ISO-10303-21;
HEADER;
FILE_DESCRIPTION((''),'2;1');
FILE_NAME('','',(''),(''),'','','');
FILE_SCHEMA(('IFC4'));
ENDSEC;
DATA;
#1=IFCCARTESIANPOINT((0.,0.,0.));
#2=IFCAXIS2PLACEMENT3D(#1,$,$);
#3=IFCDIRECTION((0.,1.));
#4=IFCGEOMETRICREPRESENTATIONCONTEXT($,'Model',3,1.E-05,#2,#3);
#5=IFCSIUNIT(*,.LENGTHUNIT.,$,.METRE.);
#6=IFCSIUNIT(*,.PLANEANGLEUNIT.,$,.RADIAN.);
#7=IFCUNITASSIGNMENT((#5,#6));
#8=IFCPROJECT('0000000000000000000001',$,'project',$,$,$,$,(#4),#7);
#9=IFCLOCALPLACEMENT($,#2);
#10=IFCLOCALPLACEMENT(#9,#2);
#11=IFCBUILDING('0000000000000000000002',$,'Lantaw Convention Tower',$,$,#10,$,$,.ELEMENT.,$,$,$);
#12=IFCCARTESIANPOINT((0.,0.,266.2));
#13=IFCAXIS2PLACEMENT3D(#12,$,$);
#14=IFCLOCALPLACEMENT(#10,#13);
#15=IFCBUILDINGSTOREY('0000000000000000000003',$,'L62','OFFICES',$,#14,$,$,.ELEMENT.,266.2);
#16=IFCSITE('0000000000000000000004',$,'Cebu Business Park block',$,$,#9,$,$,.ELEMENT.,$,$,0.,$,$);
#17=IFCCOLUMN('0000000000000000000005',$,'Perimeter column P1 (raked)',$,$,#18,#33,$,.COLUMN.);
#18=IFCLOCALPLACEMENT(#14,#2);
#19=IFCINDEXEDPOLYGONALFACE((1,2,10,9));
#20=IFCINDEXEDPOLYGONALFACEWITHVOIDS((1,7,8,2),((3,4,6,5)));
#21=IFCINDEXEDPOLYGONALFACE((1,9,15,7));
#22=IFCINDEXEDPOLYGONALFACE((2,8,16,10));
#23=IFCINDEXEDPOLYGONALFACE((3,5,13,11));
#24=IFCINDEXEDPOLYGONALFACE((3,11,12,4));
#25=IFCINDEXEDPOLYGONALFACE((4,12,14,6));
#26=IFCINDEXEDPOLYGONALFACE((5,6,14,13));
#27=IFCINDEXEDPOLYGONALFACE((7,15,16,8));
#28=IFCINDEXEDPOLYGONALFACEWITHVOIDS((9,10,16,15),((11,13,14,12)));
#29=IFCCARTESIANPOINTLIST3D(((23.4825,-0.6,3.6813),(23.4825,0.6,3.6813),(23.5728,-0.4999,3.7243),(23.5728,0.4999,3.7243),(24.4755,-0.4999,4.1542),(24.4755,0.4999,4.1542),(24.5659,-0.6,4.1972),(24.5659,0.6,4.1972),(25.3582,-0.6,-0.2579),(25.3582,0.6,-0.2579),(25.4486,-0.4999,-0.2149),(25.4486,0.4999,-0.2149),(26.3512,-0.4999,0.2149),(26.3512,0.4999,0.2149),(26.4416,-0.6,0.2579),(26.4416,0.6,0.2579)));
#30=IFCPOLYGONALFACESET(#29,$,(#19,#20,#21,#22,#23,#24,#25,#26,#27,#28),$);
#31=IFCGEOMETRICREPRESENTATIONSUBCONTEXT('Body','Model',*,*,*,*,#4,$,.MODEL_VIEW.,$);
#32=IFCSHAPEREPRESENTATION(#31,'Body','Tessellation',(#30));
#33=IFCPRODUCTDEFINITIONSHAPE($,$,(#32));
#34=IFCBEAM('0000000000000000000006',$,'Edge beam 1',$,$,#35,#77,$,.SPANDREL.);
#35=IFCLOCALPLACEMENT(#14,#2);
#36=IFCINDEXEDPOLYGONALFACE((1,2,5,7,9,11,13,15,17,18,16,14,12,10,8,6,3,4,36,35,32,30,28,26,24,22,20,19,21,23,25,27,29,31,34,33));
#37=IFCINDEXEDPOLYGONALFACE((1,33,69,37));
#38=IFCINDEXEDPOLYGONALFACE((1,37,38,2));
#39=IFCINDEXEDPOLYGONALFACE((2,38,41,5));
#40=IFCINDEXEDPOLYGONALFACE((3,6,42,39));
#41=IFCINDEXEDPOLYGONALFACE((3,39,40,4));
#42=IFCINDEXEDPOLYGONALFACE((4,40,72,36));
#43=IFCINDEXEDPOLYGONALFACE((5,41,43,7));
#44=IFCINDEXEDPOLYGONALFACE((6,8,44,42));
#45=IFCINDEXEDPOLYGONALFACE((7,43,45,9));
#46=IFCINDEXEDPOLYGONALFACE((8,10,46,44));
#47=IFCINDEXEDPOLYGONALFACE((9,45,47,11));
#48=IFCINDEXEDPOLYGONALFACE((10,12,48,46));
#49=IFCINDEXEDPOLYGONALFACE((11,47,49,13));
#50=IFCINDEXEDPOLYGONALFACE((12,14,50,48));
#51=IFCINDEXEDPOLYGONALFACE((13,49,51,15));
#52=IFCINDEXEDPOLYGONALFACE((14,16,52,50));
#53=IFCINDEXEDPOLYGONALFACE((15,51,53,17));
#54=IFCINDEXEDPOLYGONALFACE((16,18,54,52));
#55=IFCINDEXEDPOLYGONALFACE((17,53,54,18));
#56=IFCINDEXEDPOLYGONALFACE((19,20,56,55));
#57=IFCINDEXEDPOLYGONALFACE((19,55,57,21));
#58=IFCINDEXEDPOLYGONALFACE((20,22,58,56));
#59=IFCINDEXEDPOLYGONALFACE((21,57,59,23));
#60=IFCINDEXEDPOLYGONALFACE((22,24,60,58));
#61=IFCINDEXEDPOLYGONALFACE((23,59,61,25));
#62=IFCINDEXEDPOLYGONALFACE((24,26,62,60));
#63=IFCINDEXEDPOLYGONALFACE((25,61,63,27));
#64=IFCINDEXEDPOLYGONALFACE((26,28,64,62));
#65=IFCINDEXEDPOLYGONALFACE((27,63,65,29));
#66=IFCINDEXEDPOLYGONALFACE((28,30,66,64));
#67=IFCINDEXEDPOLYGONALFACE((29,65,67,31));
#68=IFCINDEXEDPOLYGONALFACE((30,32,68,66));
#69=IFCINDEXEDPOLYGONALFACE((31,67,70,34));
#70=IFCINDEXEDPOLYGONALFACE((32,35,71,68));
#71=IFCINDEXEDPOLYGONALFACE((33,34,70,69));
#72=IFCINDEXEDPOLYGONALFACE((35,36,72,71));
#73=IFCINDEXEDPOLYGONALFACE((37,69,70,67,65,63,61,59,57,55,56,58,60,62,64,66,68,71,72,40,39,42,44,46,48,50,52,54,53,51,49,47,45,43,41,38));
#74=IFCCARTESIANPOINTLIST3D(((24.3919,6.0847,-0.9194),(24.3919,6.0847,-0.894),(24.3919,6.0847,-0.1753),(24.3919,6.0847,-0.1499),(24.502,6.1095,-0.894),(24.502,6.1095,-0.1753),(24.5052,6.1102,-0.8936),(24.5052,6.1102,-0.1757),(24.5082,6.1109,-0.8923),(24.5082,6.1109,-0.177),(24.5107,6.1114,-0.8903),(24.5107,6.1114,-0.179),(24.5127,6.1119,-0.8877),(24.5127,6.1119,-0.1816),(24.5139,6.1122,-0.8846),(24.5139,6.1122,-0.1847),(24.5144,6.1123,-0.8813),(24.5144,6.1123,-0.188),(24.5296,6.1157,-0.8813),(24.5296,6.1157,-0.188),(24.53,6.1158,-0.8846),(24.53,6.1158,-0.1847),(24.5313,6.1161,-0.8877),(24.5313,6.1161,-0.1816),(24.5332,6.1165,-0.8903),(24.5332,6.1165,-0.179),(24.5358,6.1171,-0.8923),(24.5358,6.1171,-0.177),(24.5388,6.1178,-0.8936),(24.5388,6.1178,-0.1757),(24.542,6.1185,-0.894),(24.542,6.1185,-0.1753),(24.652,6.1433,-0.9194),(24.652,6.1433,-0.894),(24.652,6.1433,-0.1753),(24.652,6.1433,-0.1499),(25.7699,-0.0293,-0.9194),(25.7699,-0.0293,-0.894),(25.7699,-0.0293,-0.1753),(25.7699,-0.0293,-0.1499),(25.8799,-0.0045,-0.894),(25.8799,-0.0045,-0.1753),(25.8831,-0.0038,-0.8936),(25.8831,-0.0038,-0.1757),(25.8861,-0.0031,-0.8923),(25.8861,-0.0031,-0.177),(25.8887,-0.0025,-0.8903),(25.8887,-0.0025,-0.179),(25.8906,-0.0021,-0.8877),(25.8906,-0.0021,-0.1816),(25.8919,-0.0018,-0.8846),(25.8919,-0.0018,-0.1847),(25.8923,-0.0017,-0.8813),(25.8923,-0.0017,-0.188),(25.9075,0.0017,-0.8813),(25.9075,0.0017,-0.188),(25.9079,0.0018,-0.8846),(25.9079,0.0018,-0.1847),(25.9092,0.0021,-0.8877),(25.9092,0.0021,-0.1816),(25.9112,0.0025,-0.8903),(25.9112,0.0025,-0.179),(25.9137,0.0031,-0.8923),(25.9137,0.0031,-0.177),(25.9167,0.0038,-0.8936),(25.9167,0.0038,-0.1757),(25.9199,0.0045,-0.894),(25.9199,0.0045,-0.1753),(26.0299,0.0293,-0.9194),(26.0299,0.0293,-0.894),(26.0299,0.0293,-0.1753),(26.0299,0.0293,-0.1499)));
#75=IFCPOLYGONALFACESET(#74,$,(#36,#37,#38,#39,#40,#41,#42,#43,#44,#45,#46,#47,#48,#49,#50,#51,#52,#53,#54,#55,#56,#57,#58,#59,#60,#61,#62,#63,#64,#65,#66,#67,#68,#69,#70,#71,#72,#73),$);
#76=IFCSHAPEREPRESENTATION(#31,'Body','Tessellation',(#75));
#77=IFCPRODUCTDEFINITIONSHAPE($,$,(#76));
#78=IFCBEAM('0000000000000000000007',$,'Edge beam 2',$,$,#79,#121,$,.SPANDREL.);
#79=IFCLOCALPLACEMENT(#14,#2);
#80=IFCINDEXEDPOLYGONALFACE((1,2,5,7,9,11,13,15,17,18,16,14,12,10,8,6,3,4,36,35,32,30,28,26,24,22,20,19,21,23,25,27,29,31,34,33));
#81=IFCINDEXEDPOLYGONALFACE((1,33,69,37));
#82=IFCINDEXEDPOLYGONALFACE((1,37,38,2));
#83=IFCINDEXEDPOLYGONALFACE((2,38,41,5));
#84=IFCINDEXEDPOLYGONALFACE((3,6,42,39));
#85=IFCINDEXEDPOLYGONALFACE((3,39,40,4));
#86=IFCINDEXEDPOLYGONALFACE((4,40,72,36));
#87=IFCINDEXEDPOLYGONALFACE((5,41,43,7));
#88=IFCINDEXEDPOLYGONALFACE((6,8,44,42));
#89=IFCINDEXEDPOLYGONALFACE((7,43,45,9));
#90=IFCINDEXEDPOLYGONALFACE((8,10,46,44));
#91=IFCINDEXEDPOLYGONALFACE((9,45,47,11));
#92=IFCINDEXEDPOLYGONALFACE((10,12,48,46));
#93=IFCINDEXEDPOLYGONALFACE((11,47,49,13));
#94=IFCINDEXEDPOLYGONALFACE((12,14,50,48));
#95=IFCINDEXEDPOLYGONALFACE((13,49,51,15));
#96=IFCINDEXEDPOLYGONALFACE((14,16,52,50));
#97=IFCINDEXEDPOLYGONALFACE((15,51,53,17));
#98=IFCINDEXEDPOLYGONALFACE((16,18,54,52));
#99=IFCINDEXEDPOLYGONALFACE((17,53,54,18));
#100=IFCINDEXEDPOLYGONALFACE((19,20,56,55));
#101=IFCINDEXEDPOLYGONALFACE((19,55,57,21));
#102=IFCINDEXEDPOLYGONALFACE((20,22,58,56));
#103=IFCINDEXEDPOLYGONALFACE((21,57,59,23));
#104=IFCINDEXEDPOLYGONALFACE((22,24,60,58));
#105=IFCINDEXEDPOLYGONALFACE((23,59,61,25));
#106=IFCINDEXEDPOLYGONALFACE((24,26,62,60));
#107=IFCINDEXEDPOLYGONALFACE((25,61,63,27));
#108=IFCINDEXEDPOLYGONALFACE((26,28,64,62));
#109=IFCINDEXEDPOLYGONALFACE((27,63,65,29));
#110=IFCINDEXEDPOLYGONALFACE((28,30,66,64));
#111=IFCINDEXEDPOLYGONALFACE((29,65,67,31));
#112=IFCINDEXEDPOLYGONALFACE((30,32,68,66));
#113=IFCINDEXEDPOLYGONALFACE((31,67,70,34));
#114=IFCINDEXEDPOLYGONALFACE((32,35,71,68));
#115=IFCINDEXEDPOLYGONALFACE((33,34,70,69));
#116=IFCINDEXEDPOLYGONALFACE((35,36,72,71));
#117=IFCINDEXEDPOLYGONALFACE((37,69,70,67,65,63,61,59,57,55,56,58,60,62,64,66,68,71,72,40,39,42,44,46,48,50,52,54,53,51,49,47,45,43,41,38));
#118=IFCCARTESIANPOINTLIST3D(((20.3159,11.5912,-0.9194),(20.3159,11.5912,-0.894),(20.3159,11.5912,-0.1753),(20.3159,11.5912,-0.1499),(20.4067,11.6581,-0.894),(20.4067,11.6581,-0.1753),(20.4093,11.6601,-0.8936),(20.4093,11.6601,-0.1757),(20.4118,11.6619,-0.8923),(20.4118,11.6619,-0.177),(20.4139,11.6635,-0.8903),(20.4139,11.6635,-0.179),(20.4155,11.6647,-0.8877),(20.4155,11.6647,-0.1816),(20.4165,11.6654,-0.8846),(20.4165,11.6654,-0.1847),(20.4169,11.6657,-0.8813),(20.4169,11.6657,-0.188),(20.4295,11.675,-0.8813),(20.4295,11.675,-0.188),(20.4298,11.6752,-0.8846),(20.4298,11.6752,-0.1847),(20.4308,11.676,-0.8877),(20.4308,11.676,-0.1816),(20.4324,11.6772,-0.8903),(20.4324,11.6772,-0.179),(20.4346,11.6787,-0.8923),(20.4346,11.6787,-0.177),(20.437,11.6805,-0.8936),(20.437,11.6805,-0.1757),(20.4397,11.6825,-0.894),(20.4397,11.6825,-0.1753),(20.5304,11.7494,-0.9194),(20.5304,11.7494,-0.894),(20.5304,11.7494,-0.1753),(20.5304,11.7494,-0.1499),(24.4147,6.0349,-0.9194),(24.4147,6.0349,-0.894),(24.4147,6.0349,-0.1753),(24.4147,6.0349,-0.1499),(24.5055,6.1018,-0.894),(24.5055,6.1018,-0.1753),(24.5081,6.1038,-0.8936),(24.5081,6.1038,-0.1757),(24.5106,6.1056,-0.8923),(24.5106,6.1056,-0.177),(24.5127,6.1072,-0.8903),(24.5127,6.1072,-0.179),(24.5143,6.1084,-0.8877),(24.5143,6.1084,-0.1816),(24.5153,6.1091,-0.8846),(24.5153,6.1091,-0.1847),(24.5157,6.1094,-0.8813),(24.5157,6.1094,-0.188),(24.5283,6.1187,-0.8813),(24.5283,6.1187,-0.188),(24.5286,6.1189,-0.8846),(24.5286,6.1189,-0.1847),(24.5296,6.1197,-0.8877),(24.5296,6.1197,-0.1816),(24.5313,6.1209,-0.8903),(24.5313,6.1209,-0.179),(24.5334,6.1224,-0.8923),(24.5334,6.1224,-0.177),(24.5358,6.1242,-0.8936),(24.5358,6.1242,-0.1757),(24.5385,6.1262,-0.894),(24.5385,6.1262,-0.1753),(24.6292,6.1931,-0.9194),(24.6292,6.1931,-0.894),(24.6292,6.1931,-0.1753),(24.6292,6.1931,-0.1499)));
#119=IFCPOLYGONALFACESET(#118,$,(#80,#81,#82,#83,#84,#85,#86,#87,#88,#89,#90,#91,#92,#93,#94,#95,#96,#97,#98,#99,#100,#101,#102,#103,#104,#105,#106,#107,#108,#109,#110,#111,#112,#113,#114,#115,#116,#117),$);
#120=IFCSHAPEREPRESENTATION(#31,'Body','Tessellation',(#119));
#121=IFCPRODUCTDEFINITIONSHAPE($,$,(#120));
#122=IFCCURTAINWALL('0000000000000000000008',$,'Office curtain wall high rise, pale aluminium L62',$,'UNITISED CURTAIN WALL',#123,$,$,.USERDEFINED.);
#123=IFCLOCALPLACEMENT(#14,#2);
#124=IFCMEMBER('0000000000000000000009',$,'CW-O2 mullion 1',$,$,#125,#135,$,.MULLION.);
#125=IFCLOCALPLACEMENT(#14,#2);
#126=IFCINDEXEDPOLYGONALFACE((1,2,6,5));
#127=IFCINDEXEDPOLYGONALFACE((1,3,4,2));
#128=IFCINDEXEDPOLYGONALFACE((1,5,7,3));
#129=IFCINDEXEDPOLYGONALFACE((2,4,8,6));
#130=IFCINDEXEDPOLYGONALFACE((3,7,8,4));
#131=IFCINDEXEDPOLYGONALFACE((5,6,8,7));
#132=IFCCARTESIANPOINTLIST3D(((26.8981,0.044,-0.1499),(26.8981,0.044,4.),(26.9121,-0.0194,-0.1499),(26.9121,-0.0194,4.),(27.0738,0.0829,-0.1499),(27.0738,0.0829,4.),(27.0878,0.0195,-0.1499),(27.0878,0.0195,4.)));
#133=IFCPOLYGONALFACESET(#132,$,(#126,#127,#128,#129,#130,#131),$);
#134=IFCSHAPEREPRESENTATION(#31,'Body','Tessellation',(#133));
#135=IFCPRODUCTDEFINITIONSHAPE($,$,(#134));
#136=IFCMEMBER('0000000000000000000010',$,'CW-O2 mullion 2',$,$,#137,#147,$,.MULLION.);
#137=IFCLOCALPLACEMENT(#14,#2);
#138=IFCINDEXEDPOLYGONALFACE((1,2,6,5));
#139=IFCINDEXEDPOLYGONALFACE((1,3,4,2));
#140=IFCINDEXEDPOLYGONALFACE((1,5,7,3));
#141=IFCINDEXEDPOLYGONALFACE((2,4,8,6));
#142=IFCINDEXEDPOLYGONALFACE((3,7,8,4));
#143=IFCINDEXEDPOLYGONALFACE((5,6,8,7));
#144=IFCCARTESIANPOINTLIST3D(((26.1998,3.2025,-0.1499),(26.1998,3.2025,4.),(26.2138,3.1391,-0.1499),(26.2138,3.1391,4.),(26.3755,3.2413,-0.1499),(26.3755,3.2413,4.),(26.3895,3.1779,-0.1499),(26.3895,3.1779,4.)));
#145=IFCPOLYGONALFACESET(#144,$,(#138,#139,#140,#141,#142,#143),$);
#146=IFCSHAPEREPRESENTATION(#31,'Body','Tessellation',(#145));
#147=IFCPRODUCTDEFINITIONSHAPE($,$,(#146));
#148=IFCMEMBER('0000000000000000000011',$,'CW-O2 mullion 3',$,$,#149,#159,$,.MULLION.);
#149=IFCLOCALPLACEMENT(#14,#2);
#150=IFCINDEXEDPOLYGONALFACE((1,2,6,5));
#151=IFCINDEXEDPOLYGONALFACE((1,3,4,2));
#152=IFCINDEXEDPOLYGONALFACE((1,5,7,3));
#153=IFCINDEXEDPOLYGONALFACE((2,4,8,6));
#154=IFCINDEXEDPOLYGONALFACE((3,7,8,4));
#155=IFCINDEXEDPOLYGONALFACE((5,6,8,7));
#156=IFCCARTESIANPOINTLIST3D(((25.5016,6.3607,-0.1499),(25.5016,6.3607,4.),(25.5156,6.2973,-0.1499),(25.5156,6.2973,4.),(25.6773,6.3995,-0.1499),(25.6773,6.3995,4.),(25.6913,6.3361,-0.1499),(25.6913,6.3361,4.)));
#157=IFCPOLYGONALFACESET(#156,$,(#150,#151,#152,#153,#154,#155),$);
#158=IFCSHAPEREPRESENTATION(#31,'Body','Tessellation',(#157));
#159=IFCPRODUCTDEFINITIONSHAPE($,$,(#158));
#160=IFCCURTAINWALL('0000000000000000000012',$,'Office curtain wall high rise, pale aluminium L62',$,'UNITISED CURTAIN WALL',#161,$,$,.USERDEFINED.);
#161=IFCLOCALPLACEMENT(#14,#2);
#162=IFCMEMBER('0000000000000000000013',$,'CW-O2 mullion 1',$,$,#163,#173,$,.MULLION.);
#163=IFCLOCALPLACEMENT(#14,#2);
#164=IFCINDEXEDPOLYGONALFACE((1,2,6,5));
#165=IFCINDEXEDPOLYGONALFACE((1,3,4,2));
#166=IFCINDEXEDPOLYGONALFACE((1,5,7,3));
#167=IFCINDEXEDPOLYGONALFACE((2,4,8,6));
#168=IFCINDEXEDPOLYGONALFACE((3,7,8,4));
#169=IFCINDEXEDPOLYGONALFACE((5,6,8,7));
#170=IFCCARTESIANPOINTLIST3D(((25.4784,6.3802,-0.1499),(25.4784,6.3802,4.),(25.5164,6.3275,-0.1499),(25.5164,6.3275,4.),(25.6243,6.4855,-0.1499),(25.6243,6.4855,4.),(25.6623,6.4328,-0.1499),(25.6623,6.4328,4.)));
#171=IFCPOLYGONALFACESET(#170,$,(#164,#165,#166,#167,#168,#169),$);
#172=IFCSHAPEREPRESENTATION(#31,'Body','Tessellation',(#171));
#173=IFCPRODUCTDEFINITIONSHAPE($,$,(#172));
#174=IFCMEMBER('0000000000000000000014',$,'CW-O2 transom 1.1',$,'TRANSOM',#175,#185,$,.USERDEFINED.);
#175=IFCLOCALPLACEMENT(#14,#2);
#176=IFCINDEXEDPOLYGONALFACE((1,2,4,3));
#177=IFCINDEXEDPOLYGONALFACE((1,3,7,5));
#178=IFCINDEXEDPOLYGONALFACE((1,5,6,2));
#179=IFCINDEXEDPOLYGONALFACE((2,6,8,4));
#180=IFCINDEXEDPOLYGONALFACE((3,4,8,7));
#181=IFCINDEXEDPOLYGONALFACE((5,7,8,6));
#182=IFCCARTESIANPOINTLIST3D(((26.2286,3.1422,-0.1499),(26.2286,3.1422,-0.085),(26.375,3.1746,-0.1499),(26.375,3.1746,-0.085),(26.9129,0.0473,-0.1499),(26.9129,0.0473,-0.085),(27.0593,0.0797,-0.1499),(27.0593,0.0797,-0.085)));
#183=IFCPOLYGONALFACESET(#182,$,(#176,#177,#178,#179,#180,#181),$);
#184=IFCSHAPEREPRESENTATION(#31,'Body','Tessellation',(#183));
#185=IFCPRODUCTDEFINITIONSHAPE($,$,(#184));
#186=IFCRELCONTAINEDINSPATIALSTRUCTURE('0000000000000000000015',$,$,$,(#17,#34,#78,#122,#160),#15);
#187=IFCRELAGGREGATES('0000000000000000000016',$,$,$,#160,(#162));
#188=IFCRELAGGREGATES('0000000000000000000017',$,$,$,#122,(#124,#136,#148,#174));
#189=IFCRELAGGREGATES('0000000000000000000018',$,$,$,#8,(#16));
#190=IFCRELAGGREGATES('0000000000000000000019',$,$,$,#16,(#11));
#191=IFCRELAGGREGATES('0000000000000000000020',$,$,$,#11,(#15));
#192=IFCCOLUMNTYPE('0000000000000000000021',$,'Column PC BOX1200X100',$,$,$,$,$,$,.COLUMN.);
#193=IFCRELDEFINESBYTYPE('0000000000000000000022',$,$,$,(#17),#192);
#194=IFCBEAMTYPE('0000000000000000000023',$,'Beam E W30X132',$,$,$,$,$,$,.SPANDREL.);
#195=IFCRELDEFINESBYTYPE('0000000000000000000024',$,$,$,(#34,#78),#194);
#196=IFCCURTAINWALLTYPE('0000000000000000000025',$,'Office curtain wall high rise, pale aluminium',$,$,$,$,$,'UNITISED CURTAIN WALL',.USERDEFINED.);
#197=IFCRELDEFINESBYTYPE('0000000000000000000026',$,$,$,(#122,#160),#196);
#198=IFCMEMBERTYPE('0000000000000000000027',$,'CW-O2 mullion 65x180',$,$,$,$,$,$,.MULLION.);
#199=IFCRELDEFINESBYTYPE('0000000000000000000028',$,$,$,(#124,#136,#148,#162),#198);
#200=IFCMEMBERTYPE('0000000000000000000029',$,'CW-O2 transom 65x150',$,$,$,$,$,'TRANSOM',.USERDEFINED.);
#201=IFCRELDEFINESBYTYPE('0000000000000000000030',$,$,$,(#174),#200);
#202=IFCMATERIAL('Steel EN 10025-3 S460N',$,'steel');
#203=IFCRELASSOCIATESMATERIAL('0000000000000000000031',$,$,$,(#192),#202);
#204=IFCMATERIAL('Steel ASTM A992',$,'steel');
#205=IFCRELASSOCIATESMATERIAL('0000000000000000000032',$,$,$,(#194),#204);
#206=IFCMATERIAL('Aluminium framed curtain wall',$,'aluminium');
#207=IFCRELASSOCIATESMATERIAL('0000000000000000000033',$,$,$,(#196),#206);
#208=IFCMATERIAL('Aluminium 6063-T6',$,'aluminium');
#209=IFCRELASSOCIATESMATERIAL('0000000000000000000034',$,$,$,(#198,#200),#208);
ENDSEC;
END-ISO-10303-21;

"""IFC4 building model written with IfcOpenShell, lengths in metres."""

from ifc_helpers import new_model, si_unit, direction, frame, origin, origin_2d, place, context, subcontext, project, spatial, rectangle, hollow_rectangle, i_section, extrude, material, material_profile, profile_set, type_object, element, aggregate, save


model = new_model("IFC4")

# Units and contexts
model_context = context("Model", 3, precision=1e-05, world=origin(), true_north=direction((0.0, 1.0)))
body_context = subcontext(model_context, "Body", "Model", "MODEL_VIEW")
ifc_project = project(units=[si_unit("LENGTHUNIT", "METRE"), si_unit("PLANEANGLEUNIT", "RADIAN")], contexts=[model_context])

# Site, building, storey
site_placement = place(None, origin())
site = spatial("IfcSite", under=ifc_project, at=site_placement, Name="Cebu Business Park block", CompositionType="ELEMENT", RefElevation=0.0)
building_placement = place(site_placement, origin())
building = spatial("IfcBuilding", under=site, at=building_placement, Name="Lantaw Convention Tower", CompositionType="ELEMENT")
storey_placement = place(building_placement, frame((0.0, 0.0, 266.2)))
storey = spatial("IfcBuildingStorey", under=building, at=storey_placement, Name="L62", Description="OFFICES", CompositionType="ELEMENT", Elevation=266.2)

# Column
ifc_material_1 = material(Name="Steel EN 10025-3 S460N", Category="steel")
ifc_material_profile_1 = material_profile(ifc_material_1, hollow_rectangle(XDim=1.2, YDim=1.2, WallThickness=0.1001, at=origin_2d()), Name="BOX1200X100")
ifc_material_2 = material(Name="Concrete C60/75", Category="concrete")
ifc_material_profile_2 = material_profile(ifc_material_2, rectangle(XDim=1.0, YDim=1.0, at=origin_2d()), Name="Concrete fill of BOX1200X100")
ifc_profile_set_1 = profile_set([ifc_material_profile_1, ifc_material_profile_2], Name="Steel EN 10025-3 S460N")
column_type = type_object("IfcColumnType", Name="Column PC BOX1200X100", PredefinedType="COLUMN", material=ifc_profile_set_1)
column_placement = place(storey_placement, frame((25.8999, 0.0, 0.0), z_axis=(-0.429918, 0.0, 0.902868), x_axis=(0.0, -1.0, 0.0)))
element("IfcColumn", 1, at=column_placement, inside=storey, type_object=column_type, Name="Perimeter column P1 (raked)", PredefinedType="COLUMN", context=body_context, shape_type="SweptSolid", body=[
    extrude(hollow_rectangle(XDim=1.2, YDim=1.2, WallThickness=0.1001, at=origin_2d()), origin(), (0.0, 0.0, 1.0), 4.363),
])

# Beams
ifc_material_3 = material(Name="Steel ASTM A992", Category="steel")
ifc_material_profile_3 = material_profile(ifc_material_3, i_section(OverallWidth=0.2666, OverallDepth=0.7695, WebThickness=0.0156, FlangeThickness=0.0254, FilletRadius=0.0127, at=origin_2d()), Name="W30X132")
ifc_profile_set_2 = profile_set([ifc_material_profile_3], Name="Steel ASTM A992")
beam_type = type_object("IfcBeamType", Name="Beam E W30X132", PredefinedType="SPANDREL", material=ifc_profile_set_2)
beam_1_placement = place(storey_placement, frame((25.8999, 0.0, -0.5347), z_axis=(-0.219858, 0.975532, 0.0), x_axis=(-0.975532, -0.219858, 0.0)))
element("IfcBeam", 2, at=beam_1_placement, inside=storey, type_object=beam_type, Name="Edge beam 1", PredefinedType="SPANDREL", context=body_context, shape_type="SweptSolid", body=[
    extrude(i_section(OverallWidth=0.2666, OverallDepth=0.7695, WebThickness=0.0156, FlangeThickness=0.0254, FilletRadius=0.0127, at=origin_2d()), origin(), (0.0, 0.0, 1.0), 6.2673),
])
beam_2_placement = place(storey_placement, frame((24.522, 6.114, -0.5347), z_axis=(-0.593639, 0.804731, 0.0), x_axis=(-0.804731, -0.593639, 0.0)))
element("IfcBeam", 3, at=beam_2_placement, inside=storey, type_object=beam_type, Name="Edge beam 2", PredefinedType="SPANDREL", context=body_context, shape_type="SweptSolid", body=[
    extrude(i_section(OverallWidth=0.2666, OverallDepth=0.7695, WebThickness=0.0156, FlangeThickness=0.0254, FilletRadius=0.0127, at=origin_2d()), origin(), (0.0, 0.0, 1.0), 6.9045),
])

# Curtain wall, members
ifc_material_4 = material(Name="Aluminium framed curtain wall", Category="aluminium")
curtain_wall_type = type_object("IfcCurtainWallType", Name="Office curtain wall high rise, pale aluminium", ElementType="UNITISED CURTAIN WALL", PredefinedType="USERDEFINED", material=ifc_material_4)
curtain_wall_1_placement = place(storey_placement, origin())
curtain_wall_1 = element("IfcCurtainWall", 4, at=curtain_wall_1_placement, inside=storey, type_object=curtain_wall_type, Name="Office curtain wall high rise, pale aluminium L62", ObjectType="UNITISED CURTAIN WALL", PredefinedType="USERDEFINED")
ifc_material_5 = material(Name="Aluminium 6063-T6", Category="aluminium")
ifc_material_profile_4 = material_profile(ifc_material_5, rectangle(XDim=0.1799, YDim=0.0649, at=origin_2d()), Name="CW-O2 mullion 65x180")
ifc_profile_set_3 = profile_set([ifc_material_profile_4], Name="Aluminium 6063-T6")
member_type_1 = type_object("IfcMemberType", Name="CW-O2 mullion 65x180", PredefinedType="MULLION", material=ifc_profile_set_3)
member_1_placement = place(storey_placement, frame((26.9929, 0.0317, -0.1499), z_axis=(0.0, 0.0, 1.0), x_axis=(-0.976417, -0.215891, 0.0)))
member_1 = element("IfcMember", 5, at=member_1_placement, type_object=member_type_1, Name="CW-O2 mullion 1", PredefinedType="MULLION", context=body_context, shape_type="SweptSolid", body=[
    extrude(rectangle(XDim=0.1799, YDim=0.0649, at=origin_2d()), origin(), (0.0, 0.0, 1.0), 4.1499),
])
member_2_placement = place(storey_placement, frame((26.2947, 3.1902, -0.1499), z_axis=(0.0, 0.0, 1.0), x_axis=(-0.976417, -0.215891, 0.0)))
member_2 = element("IfcMember", 6, at=member_2_placement, type_object=member_type_1, Name="CW-O2 mullion 2", PredefinedType="MULLION", context=body_context, shape_type="SweptSolid", body=[
    extrude(rectangle(XDim=0.1799, YDim=0.0649, at=origin_2d()), origin(), (0.0, 0.0, 1.0), 4.1499),
])
member_3_placement = place(storey_placement, frame((25.5964, 6.3484, -0.1499), z_axis=(0.0, 0.0, 1.0), x_axis=(-0.976417, -0.215891, 0.0)))
member_3 = element("IfcMember", 7, at=member_3_placement, type_object=member_type_1, Name="CW-O2 mullion 3", PredefinedType="MULLION", context=body_context, shape_type="SweptSolid", body=[
    extrude(rectangle(XDim=0.1799, YDim=0.0649, at=origin_2d()), origin(), (0.0, 0.0, 1.0), 4.1499),
])

# Curtain wall, member
curtain_wall_2_placement = place(storey_placement, origin())
curtain_wall_2 = element("IfcCurtainWall", 8, at=curtain_wall_2_placement, inside=storey, type_object=curtain_wall_type, Name="Office curtain wall high rise, pale aluminium L62", ObjectType="UNITISED CURTAIN WALL", PredefinedType="USERDEFINED")
member_4_placement = place(storey_placement, frame((25.5703, 6.4065, -0.1499), z_axis=(0.0, 0.0, 1.0), x_axis=(-0.81092, -0.585158, 0.0)))
member_4 = element("IfcMember", 9, at=member_4_placement, type_object=member_type_1, Name="CW-O2 mullion 1", PredefinedType="MULLION", context=body_context, shape_type="SweptSolid", body=[
    extrude(rectangle(XDim=0.1799, YDim=0.0649, at=origin_2d()), origin(), (0.0, 0.0, 1.0), 4.1499),
])

# Member
ifc_material_profile_5 = material_profile(ifc_material_5, rectangle(XDim=0.1499, YDim=0.0649, at=origin_2d()), Name="CW-O2 transom 65x150")
ifc_profile_set_4 = profile_set([ifc_material_profile_5], Name="Aluminium 6063-T6")
member_type_2 = type_object("IfcMemberType", Name="CW-O2 transom 65x150", ElementType="TRANSOM", PredefinedType="USERDEFINED", material=ifc_profile_set_4)
member_5_placement = place(storey_placement, frame((26.9861, 0.0635, -0.1174), z_axis=(-0.215895, 0.976417, 0.0), x_axis=(-0.976417, -0.215895, 0.0)))
member_5 = element("IfcMember", 10, at=member_5_placement, type_object=member_type_2, Name="CW-O2 transom 1.1", ObjectType="TRANSOM", PredefinedType="USERDEFINED", context=body_context, shape_type="SweptSolid", body=[
    extrude(rectangle(XDim=0.1499, YDim=0.0649, at=origin_2d()), origin(), (0.0, 0.0, 1.0), 3.1697),
])
aggregate(curtain_wall_2, [member_4])

aggregate(curtain_wall_1, [member_1, member_2, member_3, member_5])

save(model, "model.ifc")
